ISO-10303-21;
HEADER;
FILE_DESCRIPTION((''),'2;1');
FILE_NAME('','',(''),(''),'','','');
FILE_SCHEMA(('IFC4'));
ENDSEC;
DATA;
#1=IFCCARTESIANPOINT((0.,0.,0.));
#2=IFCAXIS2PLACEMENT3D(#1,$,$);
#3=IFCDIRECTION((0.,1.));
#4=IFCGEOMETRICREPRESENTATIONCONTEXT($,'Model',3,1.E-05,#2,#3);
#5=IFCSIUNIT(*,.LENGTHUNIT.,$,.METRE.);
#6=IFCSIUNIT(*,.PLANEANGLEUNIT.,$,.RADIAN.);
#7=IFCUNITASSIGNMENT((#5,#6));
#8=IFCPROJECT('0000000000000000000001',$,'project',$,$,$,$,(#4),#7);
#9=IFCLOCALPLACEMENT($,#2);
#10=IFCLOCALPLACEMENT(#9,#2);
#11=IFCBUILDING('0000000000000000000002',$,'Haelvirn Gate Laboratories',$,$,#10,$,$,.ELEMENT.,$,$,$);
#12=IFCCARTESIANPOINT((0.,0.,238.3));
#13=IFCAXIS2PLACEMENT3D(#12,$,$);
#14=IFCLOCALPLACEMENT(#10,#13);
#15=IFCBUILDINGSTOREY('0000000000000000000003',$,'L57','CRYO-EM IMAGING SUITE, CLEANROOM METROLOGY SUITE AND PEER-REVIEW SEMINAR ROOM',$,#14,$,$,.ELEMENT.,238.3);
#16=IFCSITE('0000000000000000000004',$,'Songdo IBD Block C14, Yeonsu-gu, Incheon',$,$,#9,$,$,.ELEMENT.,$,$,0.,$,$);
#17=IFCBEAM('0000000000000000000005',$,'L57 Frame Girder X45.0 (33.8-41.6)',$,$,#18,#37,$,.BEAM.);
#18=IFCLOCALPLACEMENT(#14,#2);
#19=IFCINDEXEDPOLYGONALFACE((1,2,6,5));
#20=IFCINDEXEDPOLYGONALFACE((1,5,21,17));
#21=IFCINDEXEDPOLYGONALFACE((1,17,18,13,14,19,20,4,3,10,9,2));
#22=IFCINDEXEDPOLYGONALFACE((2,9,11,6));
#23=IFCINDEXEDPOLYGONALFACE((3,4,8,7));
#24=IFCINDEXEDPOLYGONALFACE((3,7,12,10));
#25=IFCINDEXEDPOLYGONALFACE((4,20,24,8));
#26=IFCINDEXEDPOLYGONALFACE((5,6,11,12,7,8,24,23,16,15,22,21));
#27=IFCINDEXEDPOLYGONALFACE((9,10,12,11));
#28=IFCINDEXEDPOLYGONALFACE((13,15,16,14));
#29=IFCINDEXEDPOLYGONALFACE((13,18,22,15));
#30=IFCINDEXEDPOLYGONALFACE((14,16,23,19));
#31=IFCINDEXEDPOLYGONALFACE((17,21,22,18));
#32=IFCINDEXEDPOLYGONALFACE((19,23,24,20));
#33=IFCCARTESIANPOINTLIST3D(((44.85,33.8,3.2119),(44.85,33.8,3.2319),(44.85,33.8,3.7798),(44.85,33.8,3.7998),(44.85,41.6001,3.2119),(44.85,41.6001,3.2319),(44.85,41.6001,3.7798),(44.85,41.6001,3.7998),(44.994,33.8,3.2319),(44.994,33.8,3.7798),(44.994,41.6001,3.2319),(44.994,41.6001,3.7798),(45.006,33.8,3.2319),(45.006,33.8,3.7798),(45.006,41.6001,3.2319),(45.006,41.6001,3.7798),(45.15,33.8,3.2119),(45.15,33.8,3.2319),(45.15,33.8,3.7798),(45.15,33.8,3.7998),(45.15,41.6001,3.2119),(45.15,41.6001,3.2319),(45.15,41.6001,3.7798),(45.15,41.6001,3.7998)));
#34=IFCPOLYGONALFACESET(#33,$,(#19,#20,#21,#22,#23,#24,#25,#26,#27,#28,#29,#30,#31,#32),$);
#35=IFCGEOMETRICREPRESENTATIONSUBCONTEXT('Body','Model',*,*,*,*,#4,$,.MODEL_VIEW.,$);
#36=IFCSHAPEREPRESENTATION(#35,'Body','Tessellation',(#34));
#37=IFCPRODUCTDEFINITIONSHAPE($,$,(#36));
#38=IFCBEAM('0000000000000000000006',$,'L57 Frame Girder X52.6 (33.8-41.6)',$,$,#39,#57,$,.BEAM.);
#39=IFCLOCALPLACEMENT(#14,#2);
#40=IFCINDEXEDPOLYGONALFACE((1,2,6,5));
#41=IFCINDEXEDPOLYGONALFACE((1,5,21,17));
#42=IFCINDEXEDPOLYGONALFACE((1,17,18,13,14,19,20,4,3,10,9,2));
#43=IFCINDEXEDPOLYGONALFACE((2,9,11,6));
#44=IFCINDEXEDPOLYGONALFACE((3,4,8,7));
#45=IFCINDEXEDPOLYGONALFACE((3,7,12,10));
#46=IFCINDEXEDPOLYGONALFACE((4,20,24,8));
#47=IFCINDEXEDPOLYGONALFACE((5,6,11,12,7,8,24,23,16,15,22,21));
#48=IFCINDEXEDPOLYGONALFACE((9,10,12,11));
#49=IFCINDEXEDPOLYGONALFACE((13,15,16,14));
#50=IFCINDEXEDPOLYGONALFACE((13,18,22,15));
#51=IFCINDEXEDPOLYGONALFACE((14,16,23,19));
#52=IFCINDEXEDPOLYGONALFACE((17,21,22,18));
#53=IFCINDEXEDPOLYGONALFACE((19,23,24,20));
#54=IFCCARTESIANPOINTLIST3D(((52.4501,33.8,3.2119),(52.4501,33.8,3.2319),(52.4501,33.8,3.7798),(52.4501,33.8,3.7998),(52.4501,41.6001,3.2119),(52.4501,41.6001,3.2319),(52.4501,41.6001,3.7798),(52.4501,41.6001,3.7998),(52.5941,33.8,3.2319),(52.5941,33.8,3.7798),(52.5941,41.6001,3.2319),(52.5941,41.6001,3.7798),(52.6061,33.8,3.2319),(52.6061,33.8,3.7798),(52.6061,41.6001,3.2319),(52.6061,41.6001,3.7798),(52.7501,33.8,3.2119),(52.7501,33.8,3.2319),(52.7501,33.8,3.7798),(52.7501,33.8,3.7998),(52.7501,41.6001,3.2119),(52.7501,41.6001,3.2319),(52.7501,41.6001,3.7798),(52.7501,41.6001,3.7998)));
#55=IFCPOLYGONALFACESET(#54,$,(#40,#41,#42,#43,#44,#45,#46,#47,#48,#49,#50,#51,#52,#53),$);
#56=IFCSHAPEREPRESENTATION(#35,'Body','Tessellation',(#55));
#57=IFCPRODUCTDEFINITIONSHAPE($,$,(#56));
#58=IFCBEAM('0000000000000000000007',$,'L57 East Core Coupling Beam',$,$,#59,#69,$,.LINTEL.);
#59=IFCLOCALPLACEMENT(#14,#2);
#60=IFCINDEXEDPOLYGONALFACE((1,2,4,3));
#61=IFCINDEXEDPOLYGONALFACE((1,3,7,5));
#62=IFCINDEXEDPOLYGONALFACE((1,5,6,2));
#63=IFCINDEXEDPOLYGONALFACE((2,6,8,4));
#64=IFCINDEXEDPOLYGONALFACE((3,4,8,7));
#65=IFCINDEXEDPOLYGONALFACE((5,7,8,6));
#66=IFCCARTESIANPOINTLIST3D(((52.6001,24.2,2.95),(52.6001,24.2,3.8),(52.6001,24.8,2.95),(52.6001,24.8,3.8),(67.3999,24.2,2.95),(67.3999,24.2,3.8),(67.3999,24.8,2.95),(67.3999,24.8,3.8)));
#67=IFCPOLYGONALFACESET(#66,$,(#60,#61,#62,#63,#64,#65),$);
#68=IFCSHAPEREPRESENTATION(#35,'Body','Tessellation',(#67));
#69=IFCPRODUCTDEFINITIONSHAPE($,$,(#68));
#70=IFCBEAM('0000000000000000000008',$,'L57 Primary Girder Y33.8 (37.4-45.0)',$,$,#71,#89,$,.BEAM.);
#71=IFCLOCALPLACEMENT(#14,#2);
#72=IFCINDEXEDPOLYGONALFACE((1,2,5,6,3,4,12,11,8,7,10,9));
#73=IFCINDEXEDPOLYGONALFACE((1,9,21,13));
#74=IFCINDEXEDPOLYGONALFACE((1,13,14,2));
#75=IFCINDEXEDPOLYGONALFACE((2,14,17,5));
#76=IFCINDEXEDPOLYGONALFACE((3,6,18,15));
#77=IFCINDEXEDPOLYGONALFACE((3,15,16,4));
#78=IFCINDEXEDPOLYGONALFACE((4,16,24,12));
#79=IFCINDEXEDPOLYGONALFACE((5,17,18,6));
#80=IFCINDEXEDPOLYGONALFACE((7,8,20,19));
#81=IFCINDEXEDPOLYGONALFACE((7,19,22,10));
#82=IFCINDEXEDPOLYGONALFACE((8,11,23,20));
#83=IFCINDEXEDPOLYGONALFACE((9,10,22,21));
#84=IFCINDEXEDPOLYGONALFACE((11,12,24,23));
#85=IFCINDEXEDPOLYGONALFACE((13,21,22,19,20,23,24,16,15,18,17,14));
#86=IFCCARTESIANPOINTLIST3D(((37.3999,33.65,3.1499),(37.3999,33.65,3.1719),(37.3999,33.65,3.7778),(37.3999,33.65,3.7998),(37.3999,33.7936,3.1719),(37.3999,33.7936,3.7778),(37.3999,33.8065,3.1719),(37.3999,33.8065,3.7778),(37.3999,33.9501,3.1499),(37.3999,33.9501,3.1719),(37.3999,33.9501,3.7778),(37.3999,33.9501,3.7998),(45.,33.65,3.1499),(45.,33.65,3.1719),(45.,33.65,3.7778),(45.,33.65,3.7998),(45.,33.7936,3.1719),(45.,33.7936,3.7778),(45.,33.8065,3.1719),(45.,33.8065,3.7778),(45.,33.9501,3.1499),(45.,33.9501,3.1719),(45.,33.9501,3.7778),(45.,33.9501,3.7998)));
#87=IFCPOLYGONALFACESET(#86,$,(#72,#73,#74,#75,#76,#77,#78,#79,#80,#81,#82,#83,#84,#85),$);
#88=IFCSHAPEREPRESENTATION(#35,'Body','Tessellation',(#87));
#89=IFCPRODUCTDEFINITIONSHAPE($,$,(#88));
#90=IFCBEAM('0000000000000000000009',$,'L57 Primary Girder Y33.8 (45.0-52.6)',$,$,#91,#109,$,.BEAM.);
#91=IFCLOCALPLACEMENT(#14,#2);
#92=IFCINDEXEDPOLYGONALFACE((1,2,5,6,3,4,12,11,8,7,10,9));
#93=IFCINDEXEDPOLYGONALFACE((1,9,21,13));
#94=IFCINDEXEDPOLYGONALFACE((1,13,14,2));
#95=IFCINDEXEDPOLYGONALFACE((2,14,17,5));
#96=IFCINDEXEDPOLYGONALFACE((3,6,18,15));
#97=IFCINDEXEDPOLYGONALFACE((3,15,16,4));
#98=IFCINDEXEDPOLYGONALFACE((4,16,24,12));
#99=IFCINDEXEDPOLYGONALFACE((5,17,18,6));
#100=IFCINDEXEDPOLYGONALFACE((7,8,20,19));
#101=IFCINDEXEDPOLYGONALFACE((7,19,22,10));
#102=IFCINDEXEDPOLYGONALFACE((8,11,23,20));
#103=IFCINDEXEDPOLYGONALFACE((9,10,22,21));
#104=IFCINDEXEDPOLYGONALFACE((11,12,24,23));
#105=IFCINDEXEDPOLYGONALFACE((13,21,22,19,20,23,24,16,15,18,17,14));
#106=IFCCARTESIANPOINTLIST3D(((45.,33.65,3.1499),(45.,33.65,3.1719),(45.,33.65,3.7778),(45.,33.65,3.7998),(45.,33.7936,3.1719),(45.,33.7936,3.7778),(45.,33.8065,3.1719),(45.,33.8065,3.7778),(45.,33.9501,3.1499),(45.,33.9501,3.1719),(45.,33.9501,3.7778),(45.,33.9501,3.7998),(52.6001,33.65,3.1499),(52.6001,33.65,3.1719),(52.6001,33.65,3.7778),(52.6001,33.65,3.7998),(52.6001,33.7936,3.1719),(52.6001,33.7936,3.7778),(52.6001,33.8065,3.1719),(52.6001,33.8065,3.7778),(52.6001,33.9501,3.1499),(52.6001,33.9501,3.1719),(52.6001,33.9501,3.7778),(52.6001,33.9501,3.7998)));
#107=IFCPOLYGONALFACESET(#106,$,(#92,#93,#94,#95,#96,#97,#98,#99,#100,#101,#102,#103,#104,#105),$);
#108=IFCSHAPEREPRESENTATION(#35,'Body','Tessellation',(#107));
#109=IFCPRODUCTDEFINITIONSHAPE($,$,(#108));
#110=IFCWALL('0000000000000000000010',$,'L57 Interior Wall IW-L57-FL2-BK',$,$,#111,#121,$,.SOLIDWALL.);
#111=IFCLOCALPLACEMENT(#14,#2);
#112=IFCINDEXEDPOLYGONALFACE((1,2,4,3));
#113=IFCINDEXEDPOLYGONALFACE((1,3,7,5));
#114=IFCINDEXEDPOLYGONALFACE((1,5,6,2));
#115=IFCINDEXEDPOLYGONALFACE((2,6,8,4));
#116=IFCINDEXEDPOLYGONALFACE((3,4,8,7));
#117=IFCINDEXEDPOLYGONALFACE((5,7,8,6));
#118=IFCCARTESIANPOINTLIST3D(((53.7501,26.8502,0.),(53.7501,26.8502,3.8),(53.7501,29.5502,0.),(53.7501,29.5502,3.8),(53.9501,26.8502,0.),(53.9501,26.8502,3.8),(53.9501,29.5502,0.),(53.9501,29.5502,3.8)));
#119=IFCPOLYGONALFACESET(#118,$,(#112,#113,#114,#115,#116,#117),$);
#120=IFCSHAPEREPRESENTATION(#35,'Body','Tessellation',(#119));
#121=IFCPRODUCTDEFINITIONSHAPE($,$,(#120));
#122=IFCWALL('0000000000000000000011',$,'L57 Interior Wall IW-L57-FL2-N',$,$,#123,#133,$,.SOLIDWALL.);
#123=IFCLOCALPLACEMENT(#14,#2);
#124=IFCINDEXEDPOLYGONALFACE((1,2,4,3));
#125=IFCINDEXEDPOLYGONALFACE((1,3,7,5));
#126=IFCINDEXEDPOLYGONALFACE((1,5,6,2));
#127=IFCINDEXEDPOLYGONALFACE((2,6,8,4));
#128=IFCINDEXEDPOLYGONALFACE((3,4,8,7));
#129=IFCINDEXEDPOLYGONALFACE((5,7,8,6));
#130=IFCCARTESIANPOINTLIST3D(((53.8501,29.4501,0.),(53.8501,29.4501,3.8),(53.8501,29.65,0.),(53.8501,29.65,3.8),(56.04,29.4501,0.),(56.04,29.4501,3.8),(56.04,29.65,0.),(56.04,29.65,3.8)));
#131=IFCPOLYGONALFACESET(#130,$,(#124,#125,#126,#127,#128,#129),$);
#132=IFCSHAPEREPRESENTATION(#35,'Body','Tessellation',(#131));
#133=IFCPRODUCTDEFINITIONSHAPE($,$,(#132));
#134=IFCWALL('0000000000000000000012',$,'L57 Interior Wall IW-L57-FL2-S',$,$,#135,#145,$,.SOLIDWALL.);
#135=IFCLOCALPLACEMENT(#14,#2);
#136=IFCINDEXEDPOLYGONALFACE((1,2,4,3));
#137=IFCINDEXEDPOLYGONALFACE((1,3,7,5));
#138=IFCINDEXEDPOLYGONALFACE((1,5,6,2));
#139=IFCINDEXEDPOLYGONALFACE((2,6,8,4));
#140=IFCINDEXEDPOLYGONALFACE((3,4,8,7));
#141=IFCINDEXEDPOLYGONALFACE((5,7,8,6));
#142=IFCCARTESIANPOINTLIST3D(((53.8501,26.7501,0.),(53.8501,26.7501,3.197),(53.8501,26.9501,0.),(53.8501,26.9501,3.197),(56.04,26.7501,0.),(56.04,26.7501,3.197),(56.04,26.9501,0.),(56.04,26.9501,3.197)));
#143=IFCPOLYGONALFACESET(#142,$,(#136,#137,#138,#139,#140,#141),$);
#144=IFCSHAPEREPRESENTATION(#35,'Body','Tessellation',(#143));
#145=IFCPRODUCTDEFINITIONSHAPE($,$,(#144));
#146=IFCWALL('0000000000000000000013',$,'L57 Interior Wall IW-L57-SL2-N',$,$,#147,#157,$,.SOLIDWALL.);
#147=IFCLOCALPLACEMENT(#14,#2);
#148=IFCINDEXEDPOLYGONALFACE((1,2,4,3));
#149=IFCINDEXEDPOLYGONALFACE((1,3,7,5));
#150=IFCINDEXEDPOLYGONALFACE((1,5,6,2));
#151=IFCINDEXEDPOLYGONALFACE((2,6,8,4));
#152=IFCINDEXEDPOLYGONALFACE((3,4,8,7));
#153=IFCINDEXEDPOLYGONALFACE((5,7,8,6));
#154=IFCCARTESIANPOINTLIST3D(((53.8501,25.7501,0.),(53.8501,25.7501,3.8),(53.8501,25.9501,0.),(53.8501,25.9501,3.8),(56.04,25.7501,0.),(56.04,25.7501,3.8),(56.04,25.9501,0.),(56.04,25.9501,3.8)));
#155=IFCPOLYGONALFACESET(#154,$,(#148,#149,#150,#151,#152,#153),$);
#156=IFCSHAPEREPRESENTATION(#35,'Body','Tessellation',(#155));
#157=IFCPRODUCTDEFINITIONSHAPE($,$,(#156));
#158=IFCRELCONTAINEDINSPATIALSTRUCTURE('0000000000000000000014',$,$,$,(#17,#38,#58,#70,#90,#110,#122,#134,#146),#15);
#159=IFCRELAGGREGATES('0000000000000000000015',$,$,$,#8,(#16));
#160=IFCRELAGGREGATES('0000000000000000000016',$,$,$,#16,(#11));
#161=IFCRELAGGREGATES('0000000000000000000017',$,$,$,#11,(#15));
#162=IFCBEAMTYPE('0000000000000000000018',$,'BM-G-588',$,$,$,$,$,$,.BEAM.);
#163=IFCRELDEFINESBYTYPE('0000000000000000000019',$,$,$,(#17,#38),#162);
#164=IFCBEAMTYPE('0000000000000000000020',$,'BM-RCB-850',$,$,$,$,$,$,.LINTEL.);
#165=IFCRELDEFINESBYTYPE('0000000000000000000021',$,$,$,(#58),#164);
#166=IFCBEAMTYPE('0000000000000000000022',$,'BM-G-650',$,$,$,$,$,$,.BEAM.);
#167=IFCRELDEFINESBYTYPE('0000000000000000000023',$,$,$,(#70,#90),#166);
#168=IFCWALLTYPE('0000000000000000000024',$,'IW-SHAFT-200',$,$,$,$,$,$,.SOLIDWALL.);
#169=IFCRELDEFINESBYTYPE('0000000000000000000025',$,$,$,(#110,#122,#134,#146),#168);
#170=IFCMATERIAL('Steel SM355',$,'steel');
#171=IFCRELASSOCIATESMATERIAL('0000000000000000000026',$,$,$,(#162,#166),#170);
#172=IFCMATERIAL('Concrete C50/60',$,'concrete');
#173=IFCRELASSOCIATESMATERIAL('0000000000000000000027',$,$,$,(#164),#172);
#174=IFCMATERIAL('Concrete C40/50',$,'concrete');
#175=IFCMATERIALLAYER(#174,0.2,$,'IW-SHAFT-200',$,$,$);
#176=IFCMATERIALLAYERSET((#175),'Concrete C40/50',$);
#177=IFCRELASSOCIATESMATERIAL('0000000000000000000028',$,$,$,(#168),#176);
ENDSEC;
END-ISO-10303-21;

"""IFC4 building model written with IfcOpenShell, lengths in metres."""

from ifc_helpers import new_model, si_unit, direction, frame, frame_2d, origin, origin_2d, place, context, subcontext, project, spatial, rectangle, i_section, extrude, source, transform, mapped, material, layer, layer_set, material_profile, profile_set, type_object, type_shapes, element, save


model = new_model("IFC4")

# Units and contexts
model_context = context("Model", 3, precision=1e-05, world=origin(), true_north=direction((0.0, 1.0)))
body_context = subcontext(model_context, "Body", "Model", "MODEL_VIEW")
ifc_project = project(units=[si_unit("LENGTHUNIT", "METRE"), si_unit("PLANEANGLEUNIT", "RADIAN")], contexts=[model_context])

# Site, building, storey
site_placement = place(None, origin())
site = spatial("IfcSite", under=ifc_project, at=site_placement, Name="Songdo IBD Block C14, Yeonsu-gu, Incheon", CompositionType="ELEMENT", RefElevation=0.0)
building_placement = place(site_placement, origin())
building = spatial("IfcBuilding", under=site, at=building_placement, Name="Haelvirn Gate Laboratories", CompositionType="ELEMENT")
storey_placement = place(building_placement, frame((0.0, 0.0, 238.3)))
storey = spatial("IfcBuildingStorey", under=building, at=storey_placement, Name="L57", Description="CRYO-EM IMAGING SUITE, CLEANROOM METROLOGY SUITE AND PEER-REVIEW SEMINAR ROOM", CompositionType="ELEMENT", Elevation=238.3)

# Shared definitions
ifc_material_1 = material(Name="Steel SM355", Category="steel")

# Beams
ifc_material_profile_1 = material_profile(ifc_material_1, i_section(OverallWidth=0.3, OverallDepth=0.5879, WebThickness=0.012, FlangeThickness=0.02, at=origin_2d()), Name="H-588x300x12x20")
ifc_profile_set_1 = profile_set([ifc_material_profile_1], Name="Steel SM355")
beam_type_1 = type_object("IfcBeamType", Name="BM-G-588", PredefinedType="BEAM", material=ifc_profile_set_1)
shared_shape_1 = source(origin(), body_context, "Body", "SweptSolid", [
    extrude(i_section(OverallWidth=0.3, OverallDepth=0.5879, WebThickness=0.012, FlangeThickness=0.02, at=origin_2d()), origin(), (0.0, 0.0, 1.0), 7.8),
])
for number, where, z_axis, x_axis, name in (
    (1, (45.0, 33.8, 3.5059), (0.0, 1.0, 0.0), (-1.0, 0.0, 0.0), "L57 Frame Girder X45.0 (33.8-41.6)"),
    (2, (52.6001, 33.8, 3.5059), (0.0, 1.0, 0.0), (-1.0, 0.0, 0.0), "L57 Frame Girder X52.6 (33.8-41.6)"),
):
    element("IfcBeam", number, at=place(storey_placement, frame(where, z_axis=z_axis, x_axis=x_axis)), inside=storey, type_object=beam_type_1, Name=name, PredefinedType="BEAM", context=body_context, shape_type="MappedRepresentation", body=[
        mapped(shared_shape_1, transform((0.0, 0.0, 0.0), scale=1.0)),
    ])
ifc_material_2 = material(Name="Concrete C50/60", Category="concrete")
ifc_material_profile_2 = material_profile(ifc_material_2, rectangle(XDim=0.6001, YDim=0.8501, at=origin_2d()), Name="RCB-600x850")
ifc_profile_set_2 = profile_set([ifc_material_profile_2], Name="Concrete C50/60")
beam_type_2 = type_object("IfcBeamType", Name="BM-RCB-850", PredefinedType="LINTEL", material=ifc_profile_set_2)
shared_shape_2 = source(origin(), body_context, "Body", "SweptSolid", [
    extrude(rectangle(XDim=0.6001, YDim=0.8501, at=origin_2d()), origin(), (0.0, 0.0, 1.0), 14.7998),
])
type_shapes(beam_type_2, [shared_shape_2])
beam_1_placement = place(storey_placement, frame((52.6001, 24.5, 3.375), z_axis=(1.0, 0.0, 0.0), x_axis=(0.0, 1.0, 0.0)))
element("IfcBeam", 3, at=beam_1_placement, inside=storey, type_object=beam_type_2, Name="L57 East Core Coupling Beam", PredefinedType="LINTEL", context=body_context, shape_type="MappedRepresentation", body=[
    mapped(shared_shape_2, transform((0.0, 0.0, 0.0), scale=1.0)),
])
ifc_material_profile_3 = material_profile(ifc_material_1, i_section(OverallWidth=0.3, OverallDepth=0.6499, WebThickness=0.0129, FlangeThickness=0.022, at=origin_2d()), Name="H-650x300x13x22")
ifc_profile_set_3 = profile_set([ifc_material_profile_3], Name="Steel SM355")
beam_type_3 = type_object("IfcBeamType", Name="BM-G-650", PredefinedType="BEAM", material=ifc_profile_set_3)
shared_shape_3 = source(origin(), body_context, "Body", "SweptSolid", [
    extrude(i_section(OverallWidth=0.3, OverallDepth=0.6499, WebThickness=0.0129, FlangeThickness=0.022, at=origin_2d()), origin(), (0.0, 0.0, 1.0), 7.6001),
])
type_shapes(beam_type_3, [shared_shape_3])
for number, where, z_axis, x_axis, name in (
    (4, (37.3999, 33.8, 3.4749), (1.0, 0.0, 0.0), (0.0, 1.0, 0.0), "L57 Primary Girder Y33.8 (37.4-45.0)"),
    (5, (45.0, 33.8, 3.4749), (1.0, 0.0, 0.0), (0.0, 1.0, 0.0), "L57 Primary Girder Y33.8 (45.0-52.6)"),
):
    element("IfcBeam", number, at=place(storey_placement, frame(where, z_axis=z_axis, x_axis=x_axis)), inside=storey, type_object=beam_type_3, Name=name, PredefinedType="BEAM", context=body_context, shape_type="MappedRepresentation", body=[
        mapped(shared_shape_3, transform((0.0, 0.0, 0.0), scale=1.0)),
    ])

# Walls
ifc_material_3 = material(Name="Concrete C40/50", Category="concrete")
ifc_layer_1 = layer(ifc_material_3, 0.2, Name="IW-SHAFT-200")
ifc_layer_set_1 = layer_set([ifc_layer_1], Name="Concrete C40/50")
wall_type_1 = type_object("IfcWallType", Name="IW-SHAFT-200", PredefinedType="SOLIDWALL", material=ifc_layer_set_1)
wall_1_placement = place(storey_placement, frame((53.8501, 26.8501, 0.0), z_axis=(0.0, 0.0, 1.0), x_axis=(0.0, 1.0, 0.0)))
element("IfcWall", 6, at=wall_1_placement, inside=storey, type_object=wall_type_1, Name="L57 Interior Wall IW-L57-FL2-BK", PredefinedType="SOLIDWALL", context=body_context, shape_type="SweptSolid", body=[
    extrude(rectangle(XDim=2.7, YDim=0.2, at=frame_2d((1.3501, 0.0))), origin(), (0.0, 0.0, 1.0), 3.8),
])
wall_2_placement = place(storey_placement, frame((53.8501, 29.55, 0.0), z_axis=(0.0, 0.0, 1.0), x_axis=(1.0, 0.0, 0.0)))
element("IfcWall", 7, at=wall_2_placement, inside=storey, type_object=wall_type_1, Name="L57 Interior Wall IW-L57-FL2-N", PredefinedType="SOLIDWALL", context=body_context, shape_type="SweptSolid", body=[
    extrude(rectangle(XDim=2.1899, YDim=0.2, at=frame_2d((1.095, 0.0))), origin(), (0.0, 0.0, 1.0), 3.8),
])
wall_3_placement = place(storey_placement, frame((53.8501, 26.8501, 0.0), z_axis=(0.0, 0.0, 1.0), x_axis=(1.0, 0.0, 0.0)))
element("IfcWall", 8, at=wall_3_placement, inside=storey, type_object=wall_type_1, Name="L57 Interior Wall IW-L57-FL2-S", PredefinedType="SOLIDWALL", context=body_context, shape_type="SweptSolid", body=[
    extrude(rectangle(XDim=2.1899, YDim=0.2, at=frame_2d((1.095, 0.0))), origin(), (0.0, 0.0, 1.0), 3.197),
])
wall_4_placement = place(storey_placement, frame((53.8501, 25.8501, 0.0), z_axis=(0.0, 0.0, 1.0), x_axis=(1.0, 0.0, 0.0)))
element("IfcWall", 9, at=wall_4_placement, inside=storey, type_object=wall_type_1, Name="L57 Interior Wall IW-L57-SL2-N", PredefinedType="SOLIDWALL", context=body_context, shape_type="SweptSolid", body=[
    extrude(rectangle(XDim=2.1899, YDim=0.2, at=frame_2d((1.095, 0.0))), origin(), (0.0, 0.0, 1.0), 3.8),
])

save(model, "model.ifc")
